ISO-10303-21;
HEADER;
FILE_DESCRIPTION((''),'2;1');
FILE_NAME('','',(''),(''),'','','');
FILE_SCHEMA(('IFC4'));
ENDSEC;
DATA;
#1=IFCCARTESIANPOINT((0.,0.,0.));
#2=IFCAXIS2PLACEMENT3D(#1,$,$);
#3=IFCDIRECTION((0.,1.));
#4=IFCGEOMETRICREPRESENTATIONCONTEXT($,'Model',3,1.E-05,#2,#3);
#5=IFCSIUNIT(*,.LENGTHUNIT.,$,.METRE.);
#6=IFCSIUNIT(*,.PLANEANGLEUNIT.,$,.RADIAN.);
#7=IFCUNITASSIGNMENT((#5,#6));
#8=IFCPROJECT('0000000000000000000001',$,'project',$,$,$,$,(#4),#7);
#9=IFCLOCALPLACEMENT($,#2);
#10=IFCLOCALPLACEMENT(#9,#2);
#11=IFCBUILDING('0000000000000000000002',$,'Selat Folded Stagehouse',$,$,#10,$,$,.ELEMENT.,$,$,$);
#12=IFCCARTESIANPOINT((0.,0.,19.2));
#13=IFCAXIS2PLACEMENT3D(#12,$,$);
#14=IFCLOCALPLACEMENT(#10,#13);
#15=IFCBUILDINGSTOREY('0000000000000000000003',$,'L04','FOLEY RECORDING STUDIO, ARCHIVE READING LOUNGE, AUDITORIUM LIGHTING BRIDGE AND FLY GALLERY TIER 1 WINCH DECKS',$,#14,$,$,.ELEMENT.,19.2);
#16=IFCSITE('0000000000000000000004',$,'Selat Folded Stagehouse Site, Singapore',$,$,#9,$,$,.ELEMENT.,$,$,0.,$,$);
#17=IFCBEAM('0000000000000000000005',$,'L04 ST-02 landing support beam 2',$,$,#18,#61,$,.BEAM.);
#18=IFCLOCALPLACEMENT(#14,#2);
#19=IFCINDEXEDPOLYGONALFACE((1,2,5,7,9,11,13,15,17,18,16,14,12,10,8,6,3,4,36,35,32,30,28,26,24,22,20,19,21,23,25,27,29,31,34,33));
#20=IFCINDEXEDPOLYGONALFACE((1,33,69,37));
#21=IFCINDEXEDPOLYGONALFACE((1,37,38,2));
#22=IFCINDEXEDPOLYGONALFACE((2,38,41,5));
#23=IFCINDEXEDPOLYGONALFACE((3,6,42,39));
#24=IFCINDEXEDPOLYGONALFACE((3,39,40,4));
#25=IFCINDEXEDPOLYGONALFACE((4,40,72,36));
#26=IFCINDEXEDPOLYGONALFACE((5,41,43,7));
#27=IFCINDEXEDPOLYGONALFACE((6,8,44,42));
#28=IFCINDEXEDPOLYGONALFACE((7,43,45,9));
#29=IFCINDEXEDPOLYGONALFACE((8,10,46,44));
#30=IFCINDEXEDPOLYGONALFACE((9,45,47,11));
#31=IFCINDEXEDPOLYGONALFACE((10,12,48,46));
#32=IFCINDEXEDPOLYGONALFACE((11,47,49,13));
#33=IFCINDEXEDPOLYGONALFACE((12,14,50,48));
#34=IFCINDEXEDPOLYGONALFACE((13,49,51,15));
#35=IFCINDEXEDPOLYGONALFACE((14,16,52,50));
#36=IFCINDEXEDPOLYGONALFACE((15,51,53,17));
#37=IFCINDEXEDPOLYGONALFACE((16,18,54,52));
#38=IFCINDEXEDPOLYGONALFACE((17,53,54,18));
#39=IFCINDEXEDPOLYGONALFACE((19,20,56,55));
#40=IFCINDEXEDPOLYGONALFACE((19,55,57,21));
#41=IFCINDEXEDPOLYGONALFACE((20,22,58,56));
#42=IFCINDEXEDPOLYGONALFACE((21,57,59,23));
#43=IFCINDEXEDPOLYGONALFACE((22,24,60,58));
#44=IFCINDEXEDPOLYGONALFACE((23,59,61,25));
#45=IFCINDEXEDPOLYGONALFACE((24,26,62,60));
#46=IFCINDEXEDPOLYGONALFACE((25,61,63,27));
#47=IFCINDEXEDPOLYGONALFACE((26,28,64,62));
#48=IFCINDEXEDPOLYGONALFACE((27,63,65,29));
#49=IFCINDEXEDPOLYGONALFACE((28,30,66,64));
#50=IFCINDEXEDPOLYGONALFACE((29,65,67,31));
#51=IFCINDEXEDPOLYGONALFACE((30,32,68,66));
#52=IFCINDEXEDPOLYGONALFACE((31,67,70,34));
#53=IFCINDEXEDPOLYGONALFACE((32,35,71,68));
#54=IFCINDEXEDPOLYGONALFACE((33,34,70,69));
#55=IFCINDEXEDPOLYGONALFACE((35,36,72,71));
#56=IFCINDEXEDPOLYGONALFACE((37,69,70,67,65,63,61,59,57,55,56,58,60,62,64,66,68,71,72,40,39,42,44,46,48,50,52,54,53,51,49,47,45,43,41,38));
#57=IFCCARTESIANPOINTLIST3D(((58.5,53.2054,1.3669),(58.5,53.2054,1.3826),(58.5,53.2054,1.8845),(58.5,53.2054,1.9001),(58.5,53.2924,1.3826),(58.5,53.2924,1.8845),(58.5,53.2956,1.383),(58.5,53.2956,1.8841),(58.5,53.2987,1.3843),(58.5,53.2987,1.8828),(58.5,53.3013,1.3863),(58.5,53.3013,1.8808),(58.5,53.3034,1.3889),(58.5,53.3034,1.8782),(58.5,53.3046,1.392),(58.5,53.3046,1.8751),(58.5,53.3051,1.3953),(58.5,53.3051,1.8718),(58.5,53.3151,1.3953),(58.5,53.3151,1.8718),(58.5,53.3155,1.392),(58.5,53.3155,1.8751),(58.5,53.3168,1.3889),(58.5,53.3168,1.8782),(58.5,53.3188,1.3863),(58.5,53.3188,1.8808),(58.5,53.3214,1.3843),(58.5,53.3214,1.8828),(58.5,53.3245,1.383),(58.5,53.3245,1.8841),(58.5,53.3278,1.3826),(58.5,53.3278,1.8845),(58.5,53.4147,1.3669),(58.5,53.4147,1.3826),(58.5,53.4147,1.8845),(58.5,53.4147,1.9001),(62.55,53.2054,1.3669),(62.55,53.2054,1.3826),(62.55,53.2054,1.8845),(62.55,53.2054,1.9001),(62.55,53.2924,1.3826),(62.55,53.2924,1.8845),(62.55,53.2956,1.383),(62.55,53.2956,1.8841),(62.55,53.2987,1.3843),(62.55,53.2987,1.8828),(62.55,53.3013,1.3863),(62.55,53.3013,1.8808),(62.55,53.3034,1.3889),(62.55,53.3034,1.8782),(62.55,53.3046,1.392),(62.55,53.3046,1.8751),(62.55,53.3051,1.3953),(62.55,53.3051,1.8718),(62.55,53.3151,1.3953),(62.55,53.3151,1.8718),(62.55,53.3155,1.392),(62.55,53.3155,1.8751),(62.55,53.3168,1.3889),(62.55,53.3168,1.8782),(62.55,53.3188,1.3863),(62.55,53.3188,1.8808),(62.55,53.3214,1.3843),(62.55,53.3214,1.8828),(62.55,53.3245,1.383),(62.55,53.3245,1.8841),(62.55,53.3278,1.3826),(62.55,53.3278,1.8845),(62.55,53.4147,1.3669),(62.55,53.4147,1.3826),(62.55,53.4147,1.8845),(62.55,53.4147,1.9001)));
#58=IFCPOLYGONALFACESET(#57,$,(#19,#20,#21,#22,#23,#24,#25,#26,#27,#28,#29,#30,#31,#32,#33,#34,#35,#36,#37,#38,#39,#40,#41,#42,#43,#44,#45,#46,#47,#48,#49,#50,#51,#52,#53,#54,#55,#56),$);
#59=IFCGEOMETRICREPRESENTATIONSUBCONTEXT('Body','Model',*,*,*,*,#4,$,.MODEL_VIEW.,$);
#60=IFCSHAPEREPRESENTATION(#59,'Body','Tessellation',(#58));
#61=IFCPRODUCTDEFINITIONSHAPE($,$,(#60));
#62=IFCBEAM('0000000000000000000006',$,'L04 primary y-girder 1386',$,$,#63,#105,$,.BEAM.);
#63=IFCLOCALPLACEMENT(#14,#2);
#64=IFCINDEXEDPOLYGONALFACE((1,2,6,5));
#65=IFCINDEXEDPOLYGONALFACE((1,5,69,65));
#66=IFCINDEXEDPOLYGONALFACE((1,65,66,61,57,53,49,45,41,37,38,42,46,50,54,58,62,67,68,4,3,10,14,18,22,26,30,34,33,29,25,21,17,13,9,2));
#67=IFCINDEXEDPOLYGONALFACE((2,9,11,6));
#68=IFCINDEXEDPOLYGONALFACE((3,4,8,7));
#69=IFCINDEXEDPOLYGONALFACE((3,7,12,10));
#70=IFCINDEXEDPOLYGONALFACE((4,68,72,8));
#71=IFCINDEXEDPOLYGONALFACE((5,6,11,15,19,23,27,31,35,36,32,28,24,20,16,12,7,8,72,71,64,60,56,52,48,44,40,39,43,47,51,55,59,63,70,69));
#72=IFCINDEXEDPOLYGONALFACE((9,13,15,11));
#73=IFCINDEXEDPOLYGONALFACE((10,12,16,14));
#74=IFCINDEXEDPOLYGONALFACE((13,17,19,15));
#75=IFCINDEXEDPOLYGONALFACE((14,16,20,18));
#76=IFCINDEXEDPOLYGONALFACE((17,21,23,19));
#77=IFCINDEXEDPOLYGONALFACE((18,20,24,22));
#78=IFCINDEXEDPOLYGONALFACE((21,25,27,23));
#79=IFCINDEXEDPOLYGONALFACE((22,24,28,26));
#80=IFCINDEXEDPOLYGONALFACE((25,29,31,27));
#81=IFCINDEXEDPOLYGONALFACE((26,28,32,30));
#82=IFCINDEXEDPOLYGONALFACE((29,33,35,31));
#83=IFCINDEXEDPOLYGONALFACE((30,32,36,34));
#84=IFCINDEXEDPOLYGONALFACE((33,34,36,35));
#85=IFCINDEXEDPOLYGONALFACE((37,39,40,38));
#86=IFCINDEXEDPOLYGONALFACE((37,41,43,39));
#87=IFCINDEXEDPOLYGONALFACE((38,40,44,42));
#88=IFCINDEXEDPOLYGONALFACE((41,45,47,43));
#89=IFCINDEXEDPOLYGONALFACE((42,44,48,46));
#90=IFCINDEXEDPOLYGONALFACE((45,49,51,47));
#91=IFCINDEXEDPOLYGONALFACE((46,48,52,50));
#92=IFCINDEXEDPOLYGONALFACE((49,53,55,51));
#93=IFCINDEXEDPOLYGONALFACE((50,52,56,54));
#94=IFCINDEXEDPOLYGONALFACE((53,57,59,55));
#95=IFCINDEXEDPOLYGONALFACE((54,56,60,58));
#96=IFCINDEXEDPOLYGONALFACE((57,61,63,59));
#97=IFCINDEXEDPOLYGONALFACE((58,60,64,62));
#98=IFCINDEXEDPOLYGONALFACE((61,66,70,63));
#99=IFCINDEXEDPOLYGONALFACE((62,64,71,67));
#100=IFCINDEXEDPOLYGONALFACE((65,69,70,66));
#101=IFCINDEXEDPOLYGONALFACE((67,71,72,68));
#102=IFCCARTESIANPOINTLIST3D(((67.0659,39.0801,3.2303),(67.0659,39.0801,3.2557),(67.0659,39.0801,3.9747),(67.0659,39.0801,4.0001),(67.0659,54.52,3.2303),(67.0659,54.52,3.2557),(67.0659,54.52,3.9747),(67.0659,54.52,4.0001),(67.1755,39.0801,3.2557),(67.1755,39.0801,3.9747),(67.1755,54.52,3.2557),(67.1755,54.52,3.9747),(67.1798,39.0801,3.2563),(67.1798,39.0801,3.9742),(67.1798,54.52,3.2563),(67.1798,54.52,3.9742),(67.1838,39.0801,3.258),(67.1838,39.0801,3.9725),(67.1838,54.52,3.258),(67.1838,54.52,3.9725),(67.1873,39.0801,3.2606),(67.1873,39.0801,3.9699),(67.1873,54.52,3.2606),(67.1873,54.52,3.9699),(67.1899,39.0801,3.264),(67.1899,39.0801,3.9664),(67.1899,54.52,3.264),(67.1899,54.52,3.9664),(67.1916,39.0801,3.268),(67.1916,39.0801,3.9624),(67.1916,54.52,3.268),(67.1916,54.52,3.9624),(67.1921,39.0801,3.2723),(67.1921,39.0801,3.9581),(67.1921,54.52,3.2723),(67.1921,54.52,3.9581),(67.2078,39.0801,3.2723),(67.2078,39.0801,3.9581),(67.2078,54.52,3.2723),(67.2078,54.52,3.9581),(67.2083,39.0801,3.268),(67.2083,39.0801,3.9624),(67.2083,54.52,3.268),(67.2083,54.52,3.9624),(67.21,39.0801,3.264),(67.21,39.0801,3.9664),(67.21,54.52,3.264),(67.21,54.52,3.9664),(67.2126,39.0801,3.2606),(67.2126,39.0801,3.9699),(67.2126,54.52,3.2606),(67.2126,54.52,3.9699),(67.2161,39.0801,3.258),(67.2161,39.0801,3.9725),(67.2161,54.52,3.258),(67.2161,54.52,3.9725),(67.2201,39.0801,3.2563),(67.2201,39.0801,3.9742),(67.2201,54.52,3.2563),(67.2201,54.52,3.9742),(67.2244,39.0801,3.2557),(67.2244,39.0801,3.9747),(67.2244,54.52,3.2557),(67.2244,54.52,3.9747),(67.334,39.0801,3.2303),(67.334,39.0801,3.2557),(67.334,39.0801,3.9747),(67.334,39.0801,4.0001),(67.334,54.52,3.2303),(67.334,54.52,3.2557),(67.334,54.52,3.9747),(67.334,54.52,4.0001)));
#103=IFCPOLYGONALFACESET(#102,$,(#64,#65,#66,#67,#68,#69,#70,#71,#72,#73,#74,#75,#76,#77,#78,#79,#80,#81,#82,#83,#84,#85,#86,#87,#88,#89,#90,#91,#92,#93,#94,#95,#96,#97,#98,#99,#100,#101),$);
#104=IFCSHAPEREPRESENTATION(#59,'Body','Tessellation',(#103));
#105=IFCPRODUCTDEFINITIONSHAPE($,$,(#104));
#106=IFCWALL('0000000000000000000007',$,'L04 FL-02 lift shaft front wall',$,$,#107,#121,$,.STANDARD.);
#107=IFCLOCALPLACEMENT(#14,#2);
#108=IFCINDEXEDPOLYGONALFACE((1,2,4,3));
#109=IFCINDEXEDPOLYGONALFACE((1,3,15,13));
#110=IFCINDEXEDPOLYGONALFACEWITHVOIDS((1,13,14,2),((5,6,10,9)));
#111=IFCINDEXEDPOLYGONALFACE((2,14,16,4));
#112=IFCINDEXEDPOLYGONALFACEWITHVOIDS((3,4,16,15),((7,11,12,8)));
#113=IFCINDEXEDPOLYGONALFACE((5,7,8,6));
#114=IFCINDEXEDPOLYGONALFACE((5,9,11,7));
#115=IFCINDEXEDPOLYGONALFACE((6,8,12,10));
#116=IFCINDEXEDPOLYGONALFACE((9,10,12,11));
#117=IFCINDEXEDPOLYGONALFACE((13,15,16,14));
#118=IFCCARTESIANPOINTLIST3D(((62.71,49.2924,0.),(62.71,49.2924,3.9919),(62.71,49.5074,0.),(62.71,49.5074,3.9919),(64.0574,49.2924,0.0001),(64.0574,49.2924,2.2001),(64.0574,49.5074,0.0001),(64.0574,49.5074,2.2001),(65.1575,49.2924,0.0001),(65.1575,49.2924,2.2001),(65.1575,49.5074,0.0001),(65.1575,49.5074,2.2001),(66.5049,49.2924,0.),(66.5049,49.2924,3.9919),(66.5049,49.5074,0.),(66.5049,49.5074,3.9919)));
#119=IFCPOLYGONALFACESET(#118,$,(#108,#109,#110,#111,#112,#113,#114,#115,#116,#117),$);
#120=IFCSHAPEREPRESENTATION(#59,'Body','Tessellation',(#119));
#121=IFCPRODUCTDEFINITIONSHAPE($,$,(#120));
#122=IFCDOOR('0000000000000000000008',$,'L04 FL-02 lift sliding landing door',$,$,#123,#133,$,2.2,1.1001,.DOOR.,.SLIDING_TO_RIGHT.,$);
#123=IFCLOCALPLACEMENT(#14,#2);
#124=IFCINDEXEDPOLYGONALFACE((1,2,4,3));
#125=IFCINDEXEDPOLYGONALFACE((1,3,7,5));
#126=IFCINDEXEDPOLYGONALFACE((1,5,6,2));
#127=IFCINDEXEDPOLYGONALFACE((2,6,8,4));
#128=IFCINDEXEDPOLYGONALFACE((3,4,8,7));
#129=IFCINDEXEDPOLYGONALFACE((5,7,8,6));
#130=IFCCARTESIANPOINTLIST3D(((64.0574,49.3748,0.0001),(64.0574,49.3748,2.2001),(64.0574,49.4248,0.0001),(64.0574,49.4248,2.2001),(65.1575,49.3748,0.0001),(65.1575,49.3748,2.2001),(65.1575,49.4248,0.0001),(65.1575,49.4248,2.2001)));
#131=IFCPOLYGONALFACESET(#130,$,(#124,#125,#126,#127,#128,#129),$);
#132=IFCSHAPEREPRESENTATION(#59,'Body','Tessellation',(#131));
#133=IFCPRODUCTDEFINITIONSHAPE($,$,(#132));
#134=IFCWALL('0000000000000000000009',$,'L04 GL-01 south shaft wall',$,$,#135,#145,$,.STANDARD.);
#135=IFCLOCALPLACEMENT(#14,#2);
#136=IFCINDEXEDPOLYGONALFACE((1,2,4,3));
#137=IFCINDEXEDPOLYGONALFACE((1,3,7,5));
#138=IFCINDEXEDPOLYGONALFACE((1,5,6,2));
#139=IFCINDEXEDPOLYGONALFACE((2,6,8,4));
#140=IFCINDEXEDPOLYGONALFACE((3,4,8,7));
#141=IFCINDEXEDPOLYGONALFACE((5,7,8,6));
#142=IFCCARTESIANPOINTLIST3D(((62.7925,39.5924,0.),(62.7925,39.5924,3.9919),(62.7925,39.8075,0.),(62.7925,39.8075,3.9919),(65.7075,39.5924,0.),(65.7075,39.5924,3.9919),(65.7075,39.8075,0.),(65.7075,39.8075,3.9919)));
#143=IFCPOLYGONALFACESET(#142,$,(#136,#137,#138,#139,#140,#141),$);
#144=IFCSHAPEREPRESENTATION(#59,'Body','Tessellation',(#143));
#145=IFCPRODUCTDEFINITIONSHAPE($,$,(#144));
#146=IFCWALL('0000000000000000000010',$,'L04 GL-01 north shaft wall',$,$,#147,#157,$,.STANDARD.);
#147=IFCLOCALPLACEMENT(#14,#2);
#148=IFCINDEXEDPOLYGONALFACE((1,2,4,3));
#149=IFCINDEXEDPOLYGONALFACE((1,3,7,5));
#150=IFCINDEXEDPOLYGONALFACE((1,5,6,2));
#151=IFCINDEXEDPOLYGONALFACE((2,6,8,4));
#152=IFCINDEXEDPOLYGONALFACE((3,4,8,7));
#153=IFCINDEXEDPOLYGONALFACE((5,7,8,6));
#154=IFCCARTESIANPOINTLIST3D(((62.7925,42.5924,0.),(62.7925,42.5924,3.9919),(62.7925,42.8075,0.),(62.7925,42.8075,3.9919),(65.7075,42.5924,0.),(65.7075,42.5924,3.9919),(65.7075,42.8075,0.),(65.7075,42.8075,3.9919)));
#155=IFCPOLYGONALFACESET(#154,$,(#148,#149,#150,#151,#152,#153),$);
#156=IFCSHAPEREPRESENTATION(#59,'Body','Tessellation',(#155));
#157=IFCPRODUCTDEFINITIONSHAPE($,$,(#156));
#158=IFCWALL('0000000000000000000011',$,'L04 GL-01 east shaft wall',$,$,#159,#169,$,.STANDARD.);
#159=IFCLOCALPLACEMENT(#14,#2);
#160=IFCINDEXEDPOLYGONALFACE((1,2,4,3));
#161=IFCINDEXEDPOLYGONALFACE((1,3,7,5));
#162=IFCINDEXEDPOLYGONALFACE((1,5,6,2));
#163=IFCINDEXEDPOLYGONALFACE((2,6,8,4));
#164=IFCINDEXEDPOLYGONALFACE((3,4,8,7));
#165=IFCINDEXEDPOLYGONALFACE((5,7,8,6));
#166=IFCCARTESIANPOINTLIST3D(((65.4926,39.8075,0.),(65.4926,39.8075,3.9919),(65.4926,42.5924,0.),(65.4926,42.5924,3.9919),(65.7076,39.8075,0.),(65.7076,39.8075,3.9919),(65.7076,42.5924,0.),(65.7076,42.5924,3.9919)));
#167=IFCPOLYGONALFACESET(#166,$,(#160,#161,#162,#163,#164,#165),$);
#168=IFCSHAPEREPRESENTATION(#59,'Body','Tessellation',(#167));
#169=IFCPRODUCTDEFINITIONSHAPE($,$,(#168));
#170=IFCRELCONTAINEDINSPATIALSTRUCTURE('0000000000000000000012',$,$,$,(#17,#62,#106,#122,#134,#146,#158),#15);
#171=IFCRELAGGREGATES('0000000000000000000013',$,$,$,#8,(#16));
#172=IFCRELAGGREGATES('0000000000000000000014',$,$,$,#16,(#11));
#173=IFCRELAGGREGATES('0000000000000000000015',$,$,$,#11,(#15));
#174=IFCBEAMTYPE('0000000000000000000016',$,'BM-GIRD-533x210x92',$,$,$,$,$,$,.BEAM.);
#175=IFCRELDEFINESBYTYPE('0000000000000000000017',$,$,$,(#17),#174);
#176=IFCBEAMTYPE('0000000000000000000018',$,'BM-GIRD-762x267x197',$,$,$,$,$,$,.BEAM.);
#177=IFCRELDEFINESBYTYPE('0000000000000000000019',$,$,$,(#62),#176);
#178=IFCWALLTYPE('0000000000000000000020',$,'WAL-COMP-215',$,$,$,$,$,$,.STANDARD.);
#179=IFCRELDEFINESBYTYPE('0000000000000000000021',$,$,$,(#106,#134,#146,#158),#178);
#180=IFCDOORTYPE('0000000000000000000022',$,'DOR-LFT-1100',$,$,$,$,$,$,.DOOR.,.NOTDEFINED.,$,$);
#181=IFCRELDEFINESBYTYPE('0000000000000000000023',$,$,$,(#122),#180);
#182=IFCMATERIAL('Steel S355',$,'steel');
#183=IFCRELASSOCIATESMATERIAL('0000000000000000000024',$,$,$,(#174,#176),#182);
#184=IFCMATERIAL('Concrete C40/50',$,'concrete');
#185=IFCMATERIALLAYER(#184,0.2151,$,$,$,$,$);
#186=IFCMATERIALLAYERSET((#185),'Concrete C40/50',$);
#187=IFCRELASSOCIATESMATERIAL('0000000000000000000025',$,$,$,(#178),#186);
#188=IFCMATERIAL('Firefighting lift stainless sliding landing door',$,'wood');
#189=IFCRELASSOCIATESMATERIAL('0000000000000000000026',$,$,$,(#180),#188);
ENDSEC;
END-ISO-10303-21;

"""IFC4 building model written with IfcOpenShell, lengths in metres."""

from ifc_helpers import new_model, si_unit, direction, frame, frame_2d, origin, origin_2d, place, context, subcontext, project, spatial, rectangle, i_section, extrude, material, layer, layer_set, material_profile, profile_set, type_object, element, fill, save


model = new_model("IFC4")

# Units and contexts
model_context = context("Model", 3, precision=1e-05, world=origin(), true_north=direction((0.0, 1.0)))
body_context = subcontext(model_context, "Body", "Model", "MODEL_VIEW")
ifc_project = project(units=[si_unit("LENGTHUNIT", "METRE"), si_unit("PLANEANGLEUNIT", "RADIAN")], contexts=[model_context])

# Site, building, storey
site_placement = place(None, origin())
site = spatial("IfcSite", under=ifc_project, at=site_placement, Name="Selat Folded Stagehouse Site, Singapore", CompositionType="ELEMENT", RefElevation=0.0)
building_placement = place(site_placement, origin())
building = spatial("IfcBuilding", under=site, at=building_placement, Name="Selat Folded Stagehouse", CompositionType="ELEMENT")
storey_placement = place(building_placement, frame((0.0, 0.0, 19.2)))
storey = spatial("IfcBuildingStorey", under=building, at=storey_placement, Name="L04", Description="FOLEY RECORDING STUDIO, ARCHIVE READING LOUNGE, AUDITORIUM LIGHTING BRIDGE AND FLY GALLERY TIER 1 WINCH DECKS", CompositionType="ELEMENT", Elevation=19.2)

# Shared definitions
ifc_material_1 = material(Name="Steel S355", Category="steel")

# Beams
ifc_material_profile_1 = material_profile(ifc_material_1, i_section(OverallWidth=0.2092, OverallDepth=0.5332, WebThickness=0.01, FlangeThickness=0.0156, FilletRadius=0.0127, at=origin_2d()), Name="UKB 533x210x92")
ifc_profile_set_1 = profile_set([ifc_material_profile_1], Name="Steel S355")
beam_type_1 = type_object("IfcBeamType", Name="BM-GIRD-533x210x92", PredefinedType="BEAM", material=ifc_profile_set_1)
for number, where, z_axis, x_axis, name in (
    (1, (58.5, 53.3101, 1.6335), (1.0, 0.0, 0.0), (0.0, 1.0, 0.0), "L04 ST-02 landing support beam 2"),
):
    element("IfcBeam", number, at=place(storey_placement, frame(where, z_axis=z_axis, x_axis=x_axis)), inside=storey, type_object=beam_type_1, Name=name, PredefinedType="BEAM", context=body_context, shape_type="SweptSolid", body=[
        extrude(i_section(OverallWidth=0.2092, OverallDepth=0.5332, WebThickness=0.01, FlangeThickness=0.0156, FilletRadius=0.0127, at=origin_2d()), origin(), (0.0, 0.0, 1.0), 4.05),
    ])
ifc_material_profile_2 = material_profile(ifc_material_1, i_section(OverallWidth=0.2681, OverallDepth=0.7698, WebThickness=0.0156, FlangeThickness=0.0254, FilletRadius=0.0166, at=origin_2d()), Name="UKB 762x267x197")
ifc_profile_set_2 = profile_set([ifc_material_profile_2], Name="Steel S355")
beam_type_2 = type_object("IfcBeamType", Name="BM-GIRD-762x267x197", PredefinedType="BEAM", material=ifc_profile_set_2)
beam_1_placement = place(storey_placement, frame((67.2, 39.0801, 3.6152), z_axis=(0.0, 1.0, 0.0), x_axis=(-1.0, 0.0, 0.0)))
element("IfcBeam", 2, at=beam_1_placement, inside=storey, type_object=beam_type_2, Name="L04 primary y-girder 1386", PredefinedType="BEAM", context=body_context, shape_type="SweptSolid", body=[
    extrude(i_section(OverallWidth=0.2681, OverallDepth=0.7698, WebThickness=0.0156, FlangeThickness=0.0254, FilletRadius=0.0166, at=origin_2d()), origin(), (0.0, 0.0, 1.0), 15.4399),
])

# Wall, opening, door
ifc_material_2 = material(Name="Concrete C40/50", Category="concrete")
ifc_layer_1 = layer(ifc_material_2, 0.2151)
ifc_layer_set_1 = layer_set([ifc_layer_1], Name="Concrete C40/50")
wall_type_1 = type_object("IfcWallType", Name="WAL-COMP-215", PredefinedType="STANDARD", material=ifc_layer_set_1)
wall_1_placement = place(storey_placement, frame((62.71, 49.3999, 0.0), z_axis=(0.0, 0.0, 1.0), x_axis=(1.0, 0.0, 0.0)))
wall_1 = element("IfcWall", 3, at=wall_1_placement, inside=storey, type_object=wall_type_1, Name="L04 FL-02 lift shaft front wall", PredefinedType="STANDARD", context=body_context, shape_type="SweptSolid", body=[
    extrude(rectangle(XDim=3.7949, YDim=0.2151, at=frame_2d((1.8975, 0.0))), origin(), (0.0, 0.0, 1.0), 3.9919),
])
opening_1_placement = place(wall_1_placement, frame((1.3474, 0.0, 0.0)))
opening_1 = element("IfcOpeningElement", 4, at=opening_1_placement, cuts=wall_1, PredefinedType="OPENING", context=body_context, shape_type="SweptSolid", body=[
    extrude(rectangle(XDim=1.1001, YDim=2.2, at=frame_2d((0.55, 1.1001))), frame((0.0, 0.1174, 0.0), z_axis=(0.0, -1.0, 0.0), x_axis=(1.0, 0.0, 0.0)), (0.0, 0.0, 1.0), 0.2351),
])
ifc_material_3 = material(Name="Firefighting lift stainless sliding landing door", Category="wood")
door_type_1 = type_object("IfcDoorType", Name="DOR-LFT-1100", OperationType="NOTDEFINED", PredefinedType="DOOR", material=ifc_material_3)
door_1_placement = place(opening_1_placement, origin())
door_1 = element("IfcDoor", 5, at=door_1_placement, inside=storey, type_object=door_type_1, Name="L04 FL-02 lift sliding landing door", OperationType="SLIDING_TO_RIGHT", OverallHeight=2.2, OverallWidth=1.1001, PredefinedType="DOOR", context=body_context, shape_type="SweptSolid", body=[
    extrude(rectangle(XDim=1.1001, YDim=2.2, at=frame_2d((0.55, 1.1001))), frame((0.0, 0.0249, 0.0), z_axis=(0.0, -1.0, 0.0), x_axis=(1.0, 0.0, 0.0)), (0.0, 0.0, 1.0), 0.05),
])
fill(opening_1, door_1)

# Walls
for number, where, z_axis, x_axis, name in (
    (6, (65.7075, 39.7, 0.0), (0.0, 0.0, 1.0), (-1.0, 0.0, 0.0), "L04 GL-01 south shaft wall"),
    (7, (62.7925, 42.7, 0.0), (0.0, 0.0, 1.0), (1.0, 0.0, 0.0), "L04 GL-01 north shaft wall"),
):
    element("IfcWall", number, at=place(storey_placement, frame(where, z_axis=z_axis, x_axis=x_axis)), inside=storey, type_object=wall_type_1, Name=name, PredefinedType="STANDARD", context=body_context, shape_type="SweptSolid", body=[
        extrude(rectangle(XDim=2.915, YDim=0.2151, at=frame_2d((1.4575, 0.0))), origin(), (0.0, 0.0, 1.0), 3.9919),
    ])

# Wall
wall_2_placement = place(storey_placement, frame((65.6001, 42.5925, 0.0), z_axis=(0.0, 0.0, 1.0), x_axis=(0.0, -1.0, 0.0)))
element("IfcWall", 8, at=wall_2_placement, inside=storey, type_object=wall_type_1, Name="L04 GL-01 east shaft wall", PredefinedType="STANDARD", context=body_context, shape_type="SweptSolid", body=[
    extrude(rectangle(XDim=2.7849, YDim=0.2151, at=frame_2d((1.3926, 0.0))), origin(), (0.0, 0.0, 1.0), 3.9919),
])

save(model, "model.ifc")
